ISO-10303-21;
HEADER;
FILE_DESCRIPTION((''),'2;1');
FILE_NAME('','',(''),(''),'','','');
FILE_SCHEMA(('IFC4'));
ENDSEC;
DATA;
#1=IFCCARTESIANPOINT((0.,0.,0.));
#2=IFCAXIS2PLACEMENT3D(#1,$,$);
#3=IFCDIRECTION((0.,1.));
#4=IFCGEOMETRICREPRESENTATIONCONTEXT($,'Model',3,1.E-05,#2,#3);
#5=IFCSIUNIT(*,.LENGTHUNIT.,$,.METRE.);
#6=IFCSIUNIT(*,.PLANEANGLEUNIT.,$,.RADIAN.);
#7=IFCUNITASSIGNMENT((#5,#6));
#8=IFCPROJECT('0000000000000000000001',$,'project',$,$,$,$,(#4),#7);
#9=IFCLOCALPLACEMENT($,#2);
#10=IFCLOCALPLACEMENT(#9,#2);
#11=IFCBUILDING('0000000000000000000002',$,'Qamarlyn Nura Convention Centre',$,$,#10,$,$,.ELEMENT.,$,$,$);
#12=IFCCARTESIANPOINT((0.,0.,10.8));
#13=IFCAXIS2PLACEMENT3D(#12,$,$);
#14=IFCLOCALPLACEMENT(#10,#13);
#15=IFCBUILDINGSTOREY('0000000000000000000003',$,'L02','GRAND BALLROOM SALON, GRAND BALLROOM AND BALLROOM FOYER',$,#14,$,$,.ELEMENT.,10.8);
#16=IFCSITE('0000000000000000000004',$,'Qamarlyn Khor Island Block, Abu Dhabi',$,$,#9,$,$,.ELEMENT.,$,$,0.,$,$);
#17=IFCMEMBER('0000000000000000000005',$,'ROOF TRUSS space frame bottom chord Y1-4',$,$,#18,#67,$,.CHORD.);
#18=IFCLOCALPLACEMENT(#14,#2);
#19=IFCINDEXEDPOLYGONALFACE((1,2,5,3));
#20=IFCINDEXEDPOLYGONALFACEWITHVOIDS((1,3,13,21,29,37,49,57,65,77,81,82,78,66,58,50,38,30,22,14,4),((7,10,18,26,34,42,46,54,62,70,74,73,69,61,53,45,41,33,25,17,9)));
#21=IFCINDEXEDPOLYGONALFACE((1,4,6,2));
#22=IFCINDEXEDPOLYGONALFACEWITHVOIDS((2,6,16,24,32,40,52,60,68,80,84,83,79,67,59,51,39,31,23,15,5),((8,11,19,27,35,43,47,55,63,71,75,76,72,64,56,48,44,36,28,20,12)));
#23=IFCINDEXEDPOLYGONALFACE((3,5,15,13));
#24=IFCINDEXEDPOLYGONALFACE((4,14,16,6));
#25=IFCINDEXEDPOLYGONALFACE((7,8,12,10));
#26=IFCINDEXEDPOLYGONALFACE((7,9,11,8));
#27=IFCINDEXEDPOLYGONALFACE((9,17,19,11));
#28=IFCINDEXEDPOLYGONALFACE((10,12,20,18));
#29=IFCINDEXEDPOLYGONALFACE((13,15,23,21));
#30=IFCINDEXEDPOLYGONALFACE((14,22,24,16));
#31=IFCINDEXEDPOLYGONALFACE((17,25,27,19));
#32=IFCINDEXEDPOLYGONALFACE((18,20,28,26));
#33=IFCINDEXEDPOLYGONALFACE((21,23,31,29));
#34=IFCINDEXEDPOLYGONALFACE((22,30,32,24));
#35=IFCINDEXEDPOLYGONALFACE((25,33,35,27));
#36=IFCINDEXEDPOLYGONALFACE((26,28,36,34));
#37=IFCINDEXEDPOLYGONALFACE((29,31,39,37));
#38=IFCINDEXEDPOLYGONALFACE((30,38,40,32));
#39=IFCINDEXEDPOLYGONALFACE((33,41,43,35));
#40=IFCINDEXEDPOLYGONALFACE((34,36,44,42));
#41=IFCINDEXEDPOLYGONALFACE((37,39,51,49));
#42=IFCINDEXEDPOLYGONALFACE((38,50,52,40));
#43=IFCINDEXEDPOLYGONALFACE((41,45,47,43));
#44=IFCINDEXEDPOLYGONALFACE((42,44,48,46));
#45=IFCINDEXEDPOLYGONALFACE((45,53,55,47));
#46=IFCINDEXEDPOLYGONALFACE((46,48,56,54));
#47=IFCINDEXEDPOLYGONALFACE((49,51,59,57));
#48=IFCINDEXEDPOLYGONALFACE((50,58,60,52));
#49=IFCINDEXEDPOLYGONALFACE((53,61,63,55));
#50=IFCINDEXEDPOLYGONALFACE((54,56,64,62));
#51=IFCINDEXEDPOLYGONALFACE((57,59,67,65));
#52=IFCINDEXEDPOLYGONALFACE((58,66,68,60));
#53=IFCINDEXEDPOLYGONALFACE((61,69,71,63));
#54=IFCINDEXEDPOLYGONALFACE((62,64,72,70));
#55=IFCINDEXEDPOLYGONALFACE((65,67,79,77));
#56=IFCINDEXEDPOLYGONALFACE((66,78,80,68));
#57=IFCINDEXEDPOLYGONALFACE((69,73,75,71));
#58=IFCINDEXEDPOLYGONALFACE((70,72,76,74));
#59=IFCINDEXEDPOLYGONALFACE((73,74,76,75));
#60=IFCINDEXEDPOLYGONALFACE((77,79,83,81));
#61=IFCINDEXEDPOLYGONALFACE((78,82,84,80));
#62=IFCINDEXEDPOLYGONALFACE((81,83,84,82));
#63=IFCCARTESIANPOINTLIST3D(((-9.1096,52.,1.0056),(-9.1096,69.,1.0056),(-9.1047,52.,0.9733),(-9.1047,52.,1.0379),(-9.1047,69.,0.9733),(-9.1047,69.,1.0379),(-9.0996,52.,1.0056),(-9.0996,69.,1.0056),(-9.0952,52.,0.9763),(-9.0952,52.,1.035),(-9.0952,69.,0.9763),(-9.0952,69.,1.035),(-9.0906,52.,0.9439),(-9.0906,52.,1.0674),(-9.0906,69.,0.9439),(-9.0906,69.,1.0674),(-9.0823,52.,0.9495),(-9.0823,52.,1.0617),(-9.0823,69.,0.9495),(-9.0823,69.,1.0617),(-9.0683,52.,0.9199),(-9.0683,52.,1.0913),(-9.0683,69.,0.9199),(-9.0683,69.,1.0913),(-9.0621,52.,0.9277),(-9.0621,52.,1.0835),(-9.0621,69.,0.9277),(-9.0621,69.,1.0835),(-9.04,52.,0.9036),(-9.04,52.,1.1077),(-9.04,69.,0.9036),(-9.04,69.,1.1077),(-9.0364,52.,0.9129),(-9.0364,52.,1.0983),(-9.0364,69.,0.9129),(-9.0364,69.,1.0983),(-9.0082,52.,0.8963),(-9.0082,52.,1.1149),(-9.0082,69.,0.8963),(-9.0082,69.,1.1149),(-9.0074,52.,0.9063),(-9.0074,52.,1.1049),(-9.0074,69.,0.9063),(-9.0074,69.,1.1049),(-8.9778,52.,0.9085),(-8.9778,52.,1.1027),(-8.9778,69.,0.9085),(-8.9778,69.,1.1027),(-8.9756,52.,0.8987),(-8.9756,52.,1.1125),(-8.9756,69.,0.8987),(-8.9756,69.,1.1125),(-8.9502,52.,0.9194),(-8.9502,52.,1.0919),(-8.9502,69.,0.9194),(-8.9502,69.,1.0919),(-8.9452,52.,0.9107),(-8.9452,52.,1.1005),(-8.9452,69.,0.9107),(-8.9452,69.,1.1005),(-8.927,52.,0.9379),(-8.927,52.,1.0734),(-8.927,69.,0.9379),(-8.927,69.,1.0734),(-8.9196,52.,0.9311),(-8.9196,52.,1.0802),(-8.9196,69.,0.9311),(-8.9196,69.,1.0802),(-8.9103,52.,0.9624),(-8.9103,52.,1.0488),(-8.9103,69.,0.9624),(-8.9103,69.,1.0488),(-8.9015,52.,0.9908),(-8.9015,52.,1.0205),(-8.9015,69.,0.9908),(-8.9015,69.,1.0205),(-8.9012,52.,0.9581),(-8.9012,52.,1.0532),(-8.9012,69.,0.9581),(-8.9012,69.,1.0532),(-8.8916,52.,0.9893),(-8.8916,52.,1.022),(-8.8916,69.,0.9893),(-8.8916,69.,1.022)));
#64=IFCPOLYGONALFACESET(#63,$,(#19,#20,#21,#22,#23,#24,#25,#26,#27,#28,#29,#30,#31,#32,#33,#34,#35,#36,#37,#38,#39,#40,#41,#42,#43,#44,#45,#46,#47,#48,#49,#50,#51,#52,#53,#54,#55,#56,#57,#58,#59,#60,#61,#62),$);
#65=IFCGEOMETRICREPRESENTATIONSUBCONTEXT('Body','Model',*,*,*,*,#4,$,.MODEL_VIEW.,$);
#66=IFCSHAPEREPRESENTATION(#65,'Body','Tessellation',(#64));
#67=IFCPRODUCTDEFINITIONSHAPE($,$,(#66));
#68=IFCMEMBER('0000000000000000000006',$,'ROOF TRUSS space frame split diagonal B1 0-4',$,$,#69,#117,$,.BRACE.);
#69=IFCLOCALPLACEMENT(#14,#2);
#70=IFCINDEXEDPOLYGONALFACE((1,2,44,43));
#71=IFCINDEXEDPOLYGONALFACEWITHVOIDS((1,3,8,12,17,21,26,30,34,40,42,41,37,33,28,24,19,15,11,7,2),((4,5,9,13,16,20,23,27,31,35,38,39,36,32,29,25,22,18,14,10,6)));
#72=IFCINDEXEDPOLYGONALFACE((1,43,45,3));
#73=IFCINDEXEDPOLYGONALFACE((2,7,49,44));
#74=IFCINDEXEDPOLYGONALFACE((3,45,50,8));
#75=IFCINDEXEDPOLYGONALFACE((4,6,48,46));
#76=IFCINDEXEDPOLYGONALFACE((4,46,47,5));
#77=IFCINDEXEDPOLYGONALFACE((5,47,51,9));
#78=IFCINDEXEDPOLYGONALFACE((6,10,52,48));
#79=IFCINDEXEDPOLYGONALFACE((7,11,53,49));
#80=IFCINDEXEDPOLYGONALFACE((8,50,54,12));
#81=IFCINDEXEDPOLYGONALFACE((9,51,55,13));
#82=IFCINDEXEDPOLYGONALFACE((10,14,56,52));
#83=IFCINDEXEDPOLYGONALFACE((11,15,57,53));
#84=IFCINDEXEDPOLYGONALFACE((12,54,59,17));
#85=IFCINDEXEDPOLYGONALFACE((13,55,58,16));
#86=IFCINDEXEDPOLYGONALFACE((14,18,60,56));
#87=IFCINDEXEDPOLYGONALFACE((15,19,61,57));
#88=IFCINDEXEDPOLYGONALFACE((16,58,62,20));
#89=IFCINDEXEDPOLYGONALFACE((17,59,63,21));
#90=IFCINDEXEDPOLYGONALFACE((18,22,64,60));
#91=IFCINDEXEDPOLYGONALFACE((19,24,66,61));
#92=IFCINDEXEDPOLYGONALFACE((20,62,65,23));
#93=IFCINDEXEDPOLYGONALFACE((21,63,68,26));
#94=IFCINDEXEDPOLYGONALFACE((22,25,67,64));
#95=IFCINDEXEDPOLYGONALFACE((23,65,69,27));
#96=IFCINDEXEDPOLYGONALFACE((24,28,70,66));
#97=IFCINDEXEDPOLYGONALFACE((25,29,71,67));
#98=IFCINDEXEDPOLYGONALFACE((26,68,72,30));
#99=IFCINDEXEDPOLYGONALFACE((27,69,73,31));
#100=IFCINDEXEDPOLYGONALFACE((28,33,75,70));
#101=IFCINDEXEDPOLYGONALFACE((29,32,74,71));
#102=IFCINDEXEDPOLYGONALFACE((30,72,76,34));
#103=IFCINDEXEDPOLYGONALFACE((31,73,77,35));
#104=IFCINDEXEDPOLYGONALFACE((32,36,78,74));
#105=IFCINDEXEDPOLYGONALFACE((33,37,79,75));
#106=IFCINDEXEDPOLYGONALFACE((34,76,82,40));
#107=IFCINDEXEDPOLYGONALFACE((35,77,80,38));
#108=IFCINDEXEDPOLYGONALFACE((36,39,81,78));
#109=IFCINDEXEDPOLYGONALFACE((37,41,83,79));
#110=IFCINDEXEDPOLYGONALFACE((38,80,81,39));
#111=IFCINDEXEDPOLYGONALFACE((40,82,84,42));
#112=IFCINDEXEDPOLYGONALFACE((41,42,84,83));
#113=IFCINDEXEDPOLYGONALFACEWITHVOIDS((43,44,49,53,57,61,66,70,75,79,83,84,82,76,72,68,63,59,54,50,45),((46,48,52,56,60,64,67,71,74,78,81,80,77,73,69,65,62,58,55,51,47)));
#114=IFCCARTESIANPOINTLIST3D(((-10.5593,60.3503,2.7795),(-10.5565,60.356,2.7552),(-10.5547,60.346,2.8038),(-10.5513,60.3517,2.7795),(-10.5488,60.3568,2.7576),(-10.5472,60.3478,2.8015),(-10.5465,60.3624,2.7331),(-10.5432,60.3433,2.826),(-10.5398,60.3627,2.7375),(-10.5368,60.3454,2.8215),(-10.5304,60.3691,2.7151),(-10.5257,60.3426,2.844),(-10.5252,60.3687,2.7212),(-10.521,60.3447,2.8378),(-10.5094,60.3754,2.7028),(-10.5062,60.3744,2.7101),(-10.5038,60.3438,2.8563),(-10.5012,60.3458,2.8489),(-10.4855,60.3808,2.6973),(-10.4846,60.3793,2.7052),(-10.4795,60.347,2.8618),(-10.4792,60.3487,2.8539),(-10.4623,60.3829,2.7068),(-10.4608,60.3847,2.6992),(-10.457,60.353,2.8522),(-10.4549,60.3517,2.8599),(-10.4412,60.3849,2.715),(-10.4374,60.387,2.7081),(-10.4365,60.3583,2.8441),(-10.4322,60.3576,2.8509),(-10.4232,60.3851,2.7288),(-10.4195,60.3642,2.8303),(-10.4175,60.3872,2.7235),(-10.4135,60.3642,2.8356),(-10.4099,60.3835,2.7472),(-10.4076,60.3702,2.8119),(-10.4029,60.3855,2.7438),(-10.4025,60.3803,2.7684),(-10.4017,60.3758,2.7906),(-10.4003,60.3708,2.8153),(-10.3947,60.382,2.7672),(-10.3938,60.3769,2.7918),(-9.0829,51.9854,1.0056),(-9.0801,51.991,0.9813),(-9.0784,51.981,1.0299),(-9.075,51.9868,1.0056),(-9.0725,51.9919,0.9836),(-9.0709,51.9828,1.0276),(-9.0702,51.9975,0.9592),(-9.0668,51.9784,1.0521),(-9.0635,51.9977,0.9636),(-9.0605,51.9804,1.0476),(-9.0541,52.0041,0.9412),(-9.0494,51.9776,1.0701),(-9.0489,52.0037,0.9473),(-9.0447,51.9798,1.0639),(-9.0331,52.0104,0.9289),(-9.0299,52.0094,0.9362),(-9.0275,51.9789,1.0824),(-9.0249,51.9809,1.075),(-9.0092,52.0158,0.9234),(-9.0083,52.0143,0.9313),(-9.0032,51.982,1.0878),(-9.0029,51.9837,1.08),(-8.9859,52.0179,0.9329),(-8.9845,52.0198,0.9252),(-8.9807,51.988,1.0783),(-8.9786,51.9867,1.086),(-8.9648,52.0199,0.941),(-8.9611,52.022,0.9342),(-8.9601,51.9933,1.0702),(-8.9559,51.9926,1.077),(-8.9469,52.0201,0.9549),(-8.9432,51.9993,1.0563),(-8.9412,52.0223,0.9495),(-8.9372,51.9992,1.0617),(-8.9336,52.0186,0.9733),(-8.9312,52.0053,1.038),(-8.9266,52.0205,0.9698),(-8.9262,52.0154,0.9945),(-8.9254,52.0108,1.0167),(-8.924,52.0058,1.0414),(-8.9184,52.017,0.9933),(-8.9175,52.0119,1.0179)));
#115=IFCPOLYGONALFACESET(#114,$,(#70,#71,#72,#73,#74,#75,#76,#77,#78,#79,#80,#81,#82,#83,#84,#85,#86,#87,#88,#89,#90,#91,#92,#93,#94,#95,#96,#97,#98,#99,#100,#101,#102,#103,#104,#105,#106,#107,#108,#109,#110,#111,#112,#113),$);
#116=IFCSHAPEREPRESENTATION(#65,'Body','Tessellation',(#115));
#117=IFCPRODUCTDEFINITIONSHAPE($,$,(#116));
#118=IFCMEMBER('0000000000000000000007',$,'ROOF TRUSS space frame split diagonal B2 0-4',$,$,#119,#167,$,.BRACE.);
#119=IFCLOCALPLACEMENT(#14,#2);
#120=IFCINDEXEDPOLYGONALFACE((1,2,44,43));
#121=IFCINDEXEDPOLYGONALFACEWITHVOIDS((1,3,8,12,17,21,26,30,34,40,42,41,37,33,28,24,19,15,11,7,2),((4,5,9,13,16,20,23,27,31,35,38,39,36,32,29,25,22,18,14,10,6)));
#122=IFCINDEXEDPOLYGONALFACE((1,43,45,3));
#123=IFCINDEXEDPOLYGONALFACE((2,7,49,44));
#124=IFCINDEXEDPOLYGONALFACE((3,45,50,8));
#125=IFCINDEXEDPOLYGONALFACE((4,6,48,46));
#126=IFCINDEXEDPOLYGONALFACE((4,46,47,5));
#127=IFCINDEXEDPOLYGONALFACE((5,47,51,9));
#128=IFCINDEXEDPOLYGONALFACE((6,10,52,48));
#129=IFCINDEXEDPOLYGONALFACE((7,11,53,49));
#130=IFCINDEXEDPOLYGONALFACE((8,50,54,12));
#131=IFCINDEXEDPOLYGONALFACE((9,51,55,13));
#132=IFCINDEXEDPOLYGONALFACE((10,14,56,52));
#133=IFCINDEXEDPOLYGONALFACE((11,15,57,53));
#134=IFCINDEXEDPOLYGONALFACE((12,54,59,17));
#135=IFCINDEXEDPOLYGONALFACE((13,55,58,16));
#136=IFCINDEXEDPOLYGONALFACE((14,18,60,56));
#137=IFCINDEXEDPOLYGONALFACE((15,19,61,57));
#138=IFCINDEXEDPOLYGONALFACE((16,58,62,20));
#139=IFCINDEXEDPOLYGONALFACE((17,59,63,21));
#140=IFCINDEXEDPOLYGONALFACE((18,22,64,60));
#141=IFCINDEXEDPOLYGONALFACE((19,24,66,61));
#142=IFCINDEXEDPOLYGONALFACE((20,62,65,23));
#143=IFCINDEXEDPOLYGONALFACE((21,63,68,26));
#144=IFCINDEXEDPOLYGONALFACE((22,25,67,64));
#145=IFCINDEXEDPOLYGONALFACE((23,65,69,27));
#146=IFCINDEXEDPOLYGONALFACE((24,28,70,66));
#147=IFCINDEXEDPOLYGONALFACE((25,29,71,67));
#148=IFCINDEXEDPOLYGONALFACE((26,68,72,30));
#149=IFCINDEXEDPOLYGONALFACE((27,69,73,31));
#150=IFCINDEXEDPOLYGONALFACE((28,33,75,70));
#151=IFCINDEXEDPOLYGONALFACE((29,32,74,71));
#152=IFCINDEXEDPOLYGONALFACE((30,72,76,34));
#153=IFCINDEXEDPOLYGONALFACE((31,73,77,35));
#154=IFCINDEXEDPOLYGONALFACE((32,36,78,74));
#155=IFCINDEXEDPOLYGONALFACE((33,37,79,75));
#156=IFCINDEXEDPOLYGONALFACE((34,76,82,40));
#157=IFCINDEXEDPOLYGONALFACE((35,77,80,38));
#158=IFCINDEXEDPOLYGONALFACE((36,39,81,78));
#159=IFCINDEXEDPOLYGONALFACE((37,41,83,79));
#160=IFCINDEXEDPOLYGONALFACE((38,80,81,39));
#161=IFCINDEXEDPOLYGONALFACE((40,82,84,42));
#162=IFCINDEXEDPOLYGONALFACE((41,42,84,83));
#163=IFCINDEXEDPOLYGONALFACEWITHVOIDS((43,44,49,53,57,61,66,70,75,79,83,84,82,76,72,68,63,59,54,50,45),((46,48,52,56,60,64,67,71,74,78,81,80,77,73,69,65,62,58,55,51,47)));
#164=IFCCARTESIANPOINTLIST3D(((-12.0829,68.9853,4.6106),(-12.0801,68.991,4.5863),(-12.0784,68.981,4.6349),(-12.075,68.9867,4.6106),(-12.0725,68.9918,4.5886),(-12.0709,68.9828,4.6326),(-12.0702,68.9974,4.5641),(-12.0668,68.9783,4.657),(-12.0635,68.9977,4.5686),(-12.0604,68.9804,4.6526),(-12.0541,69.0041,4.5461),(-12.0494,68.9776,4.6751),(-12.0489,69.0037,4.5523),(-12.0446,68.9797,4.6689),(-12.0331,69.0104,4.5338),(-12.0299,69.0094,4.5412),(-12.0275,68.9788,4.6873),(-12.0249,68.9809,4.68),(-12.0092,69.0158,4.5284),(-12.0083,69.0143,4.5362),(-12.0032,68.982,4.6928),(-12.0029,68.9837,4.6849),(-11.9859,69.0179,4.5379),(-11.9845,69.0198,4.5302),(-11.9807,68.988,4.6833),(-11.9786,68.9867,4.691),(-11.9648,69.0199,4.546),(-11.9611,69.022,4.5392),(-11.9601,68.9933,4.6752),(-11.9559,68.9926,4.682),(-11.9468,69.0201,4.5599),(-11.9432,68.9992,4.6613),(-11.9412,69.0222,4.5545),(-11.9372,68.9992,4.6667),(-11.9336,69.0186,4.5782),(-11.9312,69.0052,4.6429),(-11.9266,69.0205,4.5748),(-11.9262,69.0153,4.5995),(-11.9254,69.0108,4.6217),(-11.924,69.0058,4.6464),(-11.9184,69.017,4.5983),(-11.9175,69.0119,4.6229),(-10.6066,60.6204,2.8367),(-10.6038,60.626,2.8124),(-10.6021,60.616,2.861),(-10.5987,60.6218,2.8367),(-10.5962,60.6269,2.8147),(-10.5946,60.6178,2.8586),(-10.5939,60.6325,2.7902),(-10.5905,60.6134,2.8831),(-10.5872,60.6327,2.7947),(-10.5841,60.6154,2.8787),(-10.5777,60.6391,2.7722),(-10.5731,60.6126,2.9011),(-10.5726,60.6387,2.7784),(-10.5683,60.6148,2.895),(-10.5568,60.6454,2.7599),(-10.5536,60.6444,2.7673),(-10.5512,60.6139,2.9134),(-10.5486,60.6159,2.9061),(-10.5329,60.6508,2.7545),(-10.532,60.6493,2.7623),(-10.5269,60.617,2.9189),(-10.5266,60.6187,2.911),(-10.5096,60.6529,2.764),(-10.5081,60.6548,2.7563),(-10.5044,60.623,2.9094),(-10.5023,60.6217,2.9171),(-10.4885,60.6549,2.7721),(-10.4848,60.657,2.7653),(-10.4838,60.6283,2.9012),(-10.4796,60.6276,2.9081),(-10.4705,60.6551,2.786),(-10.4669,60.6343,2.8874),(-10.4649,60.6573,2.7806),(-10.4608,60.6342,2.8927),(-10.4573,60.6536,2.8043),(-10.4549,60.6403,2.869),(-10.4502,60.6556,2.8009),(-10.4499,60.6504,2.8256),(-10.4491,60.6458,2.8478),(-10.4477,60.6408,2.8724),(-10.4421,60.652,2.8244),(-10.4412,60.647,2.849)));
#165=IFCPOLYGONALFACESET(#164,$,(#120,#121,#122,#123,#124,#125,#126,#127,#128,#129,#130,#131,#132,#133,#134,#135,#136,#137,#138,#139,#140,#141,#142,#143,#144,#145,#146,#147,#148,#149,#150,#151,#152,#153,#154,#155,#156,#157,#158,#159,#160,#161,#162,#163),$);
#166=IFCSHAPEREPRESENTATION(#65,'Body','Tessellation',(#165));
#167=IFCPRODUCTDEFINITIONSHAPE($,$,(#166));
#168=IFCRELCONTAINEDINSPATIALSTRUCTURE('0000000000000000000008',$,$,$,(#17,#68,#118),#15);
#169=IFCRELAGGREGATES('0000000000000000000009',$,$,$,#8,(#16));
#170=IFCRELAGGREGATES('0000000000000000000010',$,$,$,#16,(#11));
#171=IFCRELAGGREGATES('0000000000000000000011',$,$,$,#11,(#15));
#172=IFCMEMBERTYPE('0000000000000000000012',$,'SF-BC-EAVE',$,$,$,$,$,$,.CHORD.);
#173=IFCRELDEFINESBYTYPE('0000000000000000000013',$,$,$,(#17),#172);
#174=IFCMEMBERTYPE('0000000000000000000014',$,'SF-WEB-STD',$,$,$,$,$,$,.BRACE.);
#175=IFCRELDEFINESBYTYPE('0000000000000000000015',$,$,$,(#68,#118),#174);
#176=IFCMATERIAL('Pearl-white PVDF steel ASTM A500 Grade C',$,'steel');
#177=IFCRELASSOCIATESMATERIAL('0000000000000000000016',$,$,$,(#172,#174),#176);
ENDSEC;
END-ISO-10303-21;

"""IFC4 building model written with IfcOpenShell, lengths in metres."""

from ifc_helpers import new_model, si_unit, direction, frame, origin, origin_2d, place, context, subcontext, project, spatial, hollow_circle, extrude, material, material_profile, profile_set, type_object, element, save


model = new_model("IFC4")

# Units and contexts
model_context = context("Model", 3, precision=1e-05, world=origin(), true_north=direction((0.0, 1.0)))
body_context = subcontext(model_context, "Body", "Model", "MODEL_VIEW")
ifc_project = project(units=[si_unit("LENGTHUNIT", "METRE"), si_unit("PLANEANGLEUNIT", "RADIAN")], contexts=[model_context])

# Site, building, storey
site_placement = place(None, origin())
site = spatial("IfcSite", under=ifc_project, at=site_placement, Name="Qamarlyn Khor Island Block, Abu Dhabi", CompositionType="ELEMENT", RefElevation=0.0)
building_placement = place(site_placement, origin())
building = spatial("IfcBuilding", under=site, at=building_placement, Name="Qamarlyn Nura Convention Centre", CompositionType="ELEMENT")
storey_placement = place(building_placement, frame((0.0, 0.0, 10.8)))
storey = spatial("IfcBuildingStorey", under=building, at=storey_placement, Name="L02", Description="GRAND BALLROOM SALON, GRAND BALLROOM AND BALLROOM FOYER", CompositionType="ELEMENT", Elevation=10.8)

# Members
ifc_material_1 = material(Name="Pearl-white PVDF steel ASTM A500 Grade C", Category="steel")
ifc_material_profile_1 = material_profile(ifc_material_1, hollow_circle(Radius=0.1096, WallThickness=0.01, at=origin_2d()), Name="CHS219.1X10")
ifc_profile_set_1 = profile_set([ifc_material_profile_1], Name="Pearl-white PVDF steel ASTM A500 Grade C")
member_type_1 = type_object("IfcMemberType", Name="SF-BC-EAVE", PredefinedType="CHORD", material=ifc_profile_set_1)
member_1_placement = place(storey_placement, frame((-9.0, 52.0, 1.0056), z_axis=(0.0, 1.0, 0.0), x_axis=(-1.0, 0.0, 0.0)))
element("IfcMember", 1, at=member_1_placement, inside=storey, type_object=member_type_1, Name="ROOF TRUSS space frame bottom chord Y1-4", PredefinedType="CHORD", context=body_context, shape_type="SweptSolid", body=[
    extrude(hollow_circle(Radius=0.1096, WallThickness=0.01, at=origin_2d()), origin(), (0.0, 0.0, 1.0), 17.0),
])
ifc_material_profile_2 = material_profile(ifc_material_1, hollow_circle(Radius=0.0842, WallThickness=0.0081, at=origin_2d()), Name="CHS168.3X8")
ifc_profile_set_2 = profile_set([ifc_material_profile_2], Name="Pearl-white PVDF steel ASTM A500 Grade C")
member_type_2 = type_object("IfcMemberType", Name="SF-WEB-STD", PredefinedType="BRACE", material=ifc_profile_set_2)
for number, where, z_axis, x_axis, name in (
    (2, (-9.0, 52.0, 1.0056), (-0.170131, 0.963984, 0.204428), (-0.984781, -0.173802, 0.0), "ROOF TRUSS space frame split diagonal B1 0-4"),
    (3, (-10.5237, 60.635, 2.8367), (-0.170131, 0.963984, 0.204428), (-0.984781, -0.173802, 0.0), "ROOF TRUSS space frame split diagonal B2 0-4"),
):
    element("IfcMember", number, at=place(storey_placement, frame(where, z_axis=z_axis, x_axis=x_axis)), inside=storey, type_object=member_type_2, Name=name, PredefinedType="BRACE", context=body_context, shape_type="SweptSolid", body=[
        extrude(hollow_circle(Radius=0.0842, WallThickness=0.0081, at=origin_2d()), origin(), (0.0, 0.0, 1.0), 8.6775),
    ])

save(model, "model.ifc")
